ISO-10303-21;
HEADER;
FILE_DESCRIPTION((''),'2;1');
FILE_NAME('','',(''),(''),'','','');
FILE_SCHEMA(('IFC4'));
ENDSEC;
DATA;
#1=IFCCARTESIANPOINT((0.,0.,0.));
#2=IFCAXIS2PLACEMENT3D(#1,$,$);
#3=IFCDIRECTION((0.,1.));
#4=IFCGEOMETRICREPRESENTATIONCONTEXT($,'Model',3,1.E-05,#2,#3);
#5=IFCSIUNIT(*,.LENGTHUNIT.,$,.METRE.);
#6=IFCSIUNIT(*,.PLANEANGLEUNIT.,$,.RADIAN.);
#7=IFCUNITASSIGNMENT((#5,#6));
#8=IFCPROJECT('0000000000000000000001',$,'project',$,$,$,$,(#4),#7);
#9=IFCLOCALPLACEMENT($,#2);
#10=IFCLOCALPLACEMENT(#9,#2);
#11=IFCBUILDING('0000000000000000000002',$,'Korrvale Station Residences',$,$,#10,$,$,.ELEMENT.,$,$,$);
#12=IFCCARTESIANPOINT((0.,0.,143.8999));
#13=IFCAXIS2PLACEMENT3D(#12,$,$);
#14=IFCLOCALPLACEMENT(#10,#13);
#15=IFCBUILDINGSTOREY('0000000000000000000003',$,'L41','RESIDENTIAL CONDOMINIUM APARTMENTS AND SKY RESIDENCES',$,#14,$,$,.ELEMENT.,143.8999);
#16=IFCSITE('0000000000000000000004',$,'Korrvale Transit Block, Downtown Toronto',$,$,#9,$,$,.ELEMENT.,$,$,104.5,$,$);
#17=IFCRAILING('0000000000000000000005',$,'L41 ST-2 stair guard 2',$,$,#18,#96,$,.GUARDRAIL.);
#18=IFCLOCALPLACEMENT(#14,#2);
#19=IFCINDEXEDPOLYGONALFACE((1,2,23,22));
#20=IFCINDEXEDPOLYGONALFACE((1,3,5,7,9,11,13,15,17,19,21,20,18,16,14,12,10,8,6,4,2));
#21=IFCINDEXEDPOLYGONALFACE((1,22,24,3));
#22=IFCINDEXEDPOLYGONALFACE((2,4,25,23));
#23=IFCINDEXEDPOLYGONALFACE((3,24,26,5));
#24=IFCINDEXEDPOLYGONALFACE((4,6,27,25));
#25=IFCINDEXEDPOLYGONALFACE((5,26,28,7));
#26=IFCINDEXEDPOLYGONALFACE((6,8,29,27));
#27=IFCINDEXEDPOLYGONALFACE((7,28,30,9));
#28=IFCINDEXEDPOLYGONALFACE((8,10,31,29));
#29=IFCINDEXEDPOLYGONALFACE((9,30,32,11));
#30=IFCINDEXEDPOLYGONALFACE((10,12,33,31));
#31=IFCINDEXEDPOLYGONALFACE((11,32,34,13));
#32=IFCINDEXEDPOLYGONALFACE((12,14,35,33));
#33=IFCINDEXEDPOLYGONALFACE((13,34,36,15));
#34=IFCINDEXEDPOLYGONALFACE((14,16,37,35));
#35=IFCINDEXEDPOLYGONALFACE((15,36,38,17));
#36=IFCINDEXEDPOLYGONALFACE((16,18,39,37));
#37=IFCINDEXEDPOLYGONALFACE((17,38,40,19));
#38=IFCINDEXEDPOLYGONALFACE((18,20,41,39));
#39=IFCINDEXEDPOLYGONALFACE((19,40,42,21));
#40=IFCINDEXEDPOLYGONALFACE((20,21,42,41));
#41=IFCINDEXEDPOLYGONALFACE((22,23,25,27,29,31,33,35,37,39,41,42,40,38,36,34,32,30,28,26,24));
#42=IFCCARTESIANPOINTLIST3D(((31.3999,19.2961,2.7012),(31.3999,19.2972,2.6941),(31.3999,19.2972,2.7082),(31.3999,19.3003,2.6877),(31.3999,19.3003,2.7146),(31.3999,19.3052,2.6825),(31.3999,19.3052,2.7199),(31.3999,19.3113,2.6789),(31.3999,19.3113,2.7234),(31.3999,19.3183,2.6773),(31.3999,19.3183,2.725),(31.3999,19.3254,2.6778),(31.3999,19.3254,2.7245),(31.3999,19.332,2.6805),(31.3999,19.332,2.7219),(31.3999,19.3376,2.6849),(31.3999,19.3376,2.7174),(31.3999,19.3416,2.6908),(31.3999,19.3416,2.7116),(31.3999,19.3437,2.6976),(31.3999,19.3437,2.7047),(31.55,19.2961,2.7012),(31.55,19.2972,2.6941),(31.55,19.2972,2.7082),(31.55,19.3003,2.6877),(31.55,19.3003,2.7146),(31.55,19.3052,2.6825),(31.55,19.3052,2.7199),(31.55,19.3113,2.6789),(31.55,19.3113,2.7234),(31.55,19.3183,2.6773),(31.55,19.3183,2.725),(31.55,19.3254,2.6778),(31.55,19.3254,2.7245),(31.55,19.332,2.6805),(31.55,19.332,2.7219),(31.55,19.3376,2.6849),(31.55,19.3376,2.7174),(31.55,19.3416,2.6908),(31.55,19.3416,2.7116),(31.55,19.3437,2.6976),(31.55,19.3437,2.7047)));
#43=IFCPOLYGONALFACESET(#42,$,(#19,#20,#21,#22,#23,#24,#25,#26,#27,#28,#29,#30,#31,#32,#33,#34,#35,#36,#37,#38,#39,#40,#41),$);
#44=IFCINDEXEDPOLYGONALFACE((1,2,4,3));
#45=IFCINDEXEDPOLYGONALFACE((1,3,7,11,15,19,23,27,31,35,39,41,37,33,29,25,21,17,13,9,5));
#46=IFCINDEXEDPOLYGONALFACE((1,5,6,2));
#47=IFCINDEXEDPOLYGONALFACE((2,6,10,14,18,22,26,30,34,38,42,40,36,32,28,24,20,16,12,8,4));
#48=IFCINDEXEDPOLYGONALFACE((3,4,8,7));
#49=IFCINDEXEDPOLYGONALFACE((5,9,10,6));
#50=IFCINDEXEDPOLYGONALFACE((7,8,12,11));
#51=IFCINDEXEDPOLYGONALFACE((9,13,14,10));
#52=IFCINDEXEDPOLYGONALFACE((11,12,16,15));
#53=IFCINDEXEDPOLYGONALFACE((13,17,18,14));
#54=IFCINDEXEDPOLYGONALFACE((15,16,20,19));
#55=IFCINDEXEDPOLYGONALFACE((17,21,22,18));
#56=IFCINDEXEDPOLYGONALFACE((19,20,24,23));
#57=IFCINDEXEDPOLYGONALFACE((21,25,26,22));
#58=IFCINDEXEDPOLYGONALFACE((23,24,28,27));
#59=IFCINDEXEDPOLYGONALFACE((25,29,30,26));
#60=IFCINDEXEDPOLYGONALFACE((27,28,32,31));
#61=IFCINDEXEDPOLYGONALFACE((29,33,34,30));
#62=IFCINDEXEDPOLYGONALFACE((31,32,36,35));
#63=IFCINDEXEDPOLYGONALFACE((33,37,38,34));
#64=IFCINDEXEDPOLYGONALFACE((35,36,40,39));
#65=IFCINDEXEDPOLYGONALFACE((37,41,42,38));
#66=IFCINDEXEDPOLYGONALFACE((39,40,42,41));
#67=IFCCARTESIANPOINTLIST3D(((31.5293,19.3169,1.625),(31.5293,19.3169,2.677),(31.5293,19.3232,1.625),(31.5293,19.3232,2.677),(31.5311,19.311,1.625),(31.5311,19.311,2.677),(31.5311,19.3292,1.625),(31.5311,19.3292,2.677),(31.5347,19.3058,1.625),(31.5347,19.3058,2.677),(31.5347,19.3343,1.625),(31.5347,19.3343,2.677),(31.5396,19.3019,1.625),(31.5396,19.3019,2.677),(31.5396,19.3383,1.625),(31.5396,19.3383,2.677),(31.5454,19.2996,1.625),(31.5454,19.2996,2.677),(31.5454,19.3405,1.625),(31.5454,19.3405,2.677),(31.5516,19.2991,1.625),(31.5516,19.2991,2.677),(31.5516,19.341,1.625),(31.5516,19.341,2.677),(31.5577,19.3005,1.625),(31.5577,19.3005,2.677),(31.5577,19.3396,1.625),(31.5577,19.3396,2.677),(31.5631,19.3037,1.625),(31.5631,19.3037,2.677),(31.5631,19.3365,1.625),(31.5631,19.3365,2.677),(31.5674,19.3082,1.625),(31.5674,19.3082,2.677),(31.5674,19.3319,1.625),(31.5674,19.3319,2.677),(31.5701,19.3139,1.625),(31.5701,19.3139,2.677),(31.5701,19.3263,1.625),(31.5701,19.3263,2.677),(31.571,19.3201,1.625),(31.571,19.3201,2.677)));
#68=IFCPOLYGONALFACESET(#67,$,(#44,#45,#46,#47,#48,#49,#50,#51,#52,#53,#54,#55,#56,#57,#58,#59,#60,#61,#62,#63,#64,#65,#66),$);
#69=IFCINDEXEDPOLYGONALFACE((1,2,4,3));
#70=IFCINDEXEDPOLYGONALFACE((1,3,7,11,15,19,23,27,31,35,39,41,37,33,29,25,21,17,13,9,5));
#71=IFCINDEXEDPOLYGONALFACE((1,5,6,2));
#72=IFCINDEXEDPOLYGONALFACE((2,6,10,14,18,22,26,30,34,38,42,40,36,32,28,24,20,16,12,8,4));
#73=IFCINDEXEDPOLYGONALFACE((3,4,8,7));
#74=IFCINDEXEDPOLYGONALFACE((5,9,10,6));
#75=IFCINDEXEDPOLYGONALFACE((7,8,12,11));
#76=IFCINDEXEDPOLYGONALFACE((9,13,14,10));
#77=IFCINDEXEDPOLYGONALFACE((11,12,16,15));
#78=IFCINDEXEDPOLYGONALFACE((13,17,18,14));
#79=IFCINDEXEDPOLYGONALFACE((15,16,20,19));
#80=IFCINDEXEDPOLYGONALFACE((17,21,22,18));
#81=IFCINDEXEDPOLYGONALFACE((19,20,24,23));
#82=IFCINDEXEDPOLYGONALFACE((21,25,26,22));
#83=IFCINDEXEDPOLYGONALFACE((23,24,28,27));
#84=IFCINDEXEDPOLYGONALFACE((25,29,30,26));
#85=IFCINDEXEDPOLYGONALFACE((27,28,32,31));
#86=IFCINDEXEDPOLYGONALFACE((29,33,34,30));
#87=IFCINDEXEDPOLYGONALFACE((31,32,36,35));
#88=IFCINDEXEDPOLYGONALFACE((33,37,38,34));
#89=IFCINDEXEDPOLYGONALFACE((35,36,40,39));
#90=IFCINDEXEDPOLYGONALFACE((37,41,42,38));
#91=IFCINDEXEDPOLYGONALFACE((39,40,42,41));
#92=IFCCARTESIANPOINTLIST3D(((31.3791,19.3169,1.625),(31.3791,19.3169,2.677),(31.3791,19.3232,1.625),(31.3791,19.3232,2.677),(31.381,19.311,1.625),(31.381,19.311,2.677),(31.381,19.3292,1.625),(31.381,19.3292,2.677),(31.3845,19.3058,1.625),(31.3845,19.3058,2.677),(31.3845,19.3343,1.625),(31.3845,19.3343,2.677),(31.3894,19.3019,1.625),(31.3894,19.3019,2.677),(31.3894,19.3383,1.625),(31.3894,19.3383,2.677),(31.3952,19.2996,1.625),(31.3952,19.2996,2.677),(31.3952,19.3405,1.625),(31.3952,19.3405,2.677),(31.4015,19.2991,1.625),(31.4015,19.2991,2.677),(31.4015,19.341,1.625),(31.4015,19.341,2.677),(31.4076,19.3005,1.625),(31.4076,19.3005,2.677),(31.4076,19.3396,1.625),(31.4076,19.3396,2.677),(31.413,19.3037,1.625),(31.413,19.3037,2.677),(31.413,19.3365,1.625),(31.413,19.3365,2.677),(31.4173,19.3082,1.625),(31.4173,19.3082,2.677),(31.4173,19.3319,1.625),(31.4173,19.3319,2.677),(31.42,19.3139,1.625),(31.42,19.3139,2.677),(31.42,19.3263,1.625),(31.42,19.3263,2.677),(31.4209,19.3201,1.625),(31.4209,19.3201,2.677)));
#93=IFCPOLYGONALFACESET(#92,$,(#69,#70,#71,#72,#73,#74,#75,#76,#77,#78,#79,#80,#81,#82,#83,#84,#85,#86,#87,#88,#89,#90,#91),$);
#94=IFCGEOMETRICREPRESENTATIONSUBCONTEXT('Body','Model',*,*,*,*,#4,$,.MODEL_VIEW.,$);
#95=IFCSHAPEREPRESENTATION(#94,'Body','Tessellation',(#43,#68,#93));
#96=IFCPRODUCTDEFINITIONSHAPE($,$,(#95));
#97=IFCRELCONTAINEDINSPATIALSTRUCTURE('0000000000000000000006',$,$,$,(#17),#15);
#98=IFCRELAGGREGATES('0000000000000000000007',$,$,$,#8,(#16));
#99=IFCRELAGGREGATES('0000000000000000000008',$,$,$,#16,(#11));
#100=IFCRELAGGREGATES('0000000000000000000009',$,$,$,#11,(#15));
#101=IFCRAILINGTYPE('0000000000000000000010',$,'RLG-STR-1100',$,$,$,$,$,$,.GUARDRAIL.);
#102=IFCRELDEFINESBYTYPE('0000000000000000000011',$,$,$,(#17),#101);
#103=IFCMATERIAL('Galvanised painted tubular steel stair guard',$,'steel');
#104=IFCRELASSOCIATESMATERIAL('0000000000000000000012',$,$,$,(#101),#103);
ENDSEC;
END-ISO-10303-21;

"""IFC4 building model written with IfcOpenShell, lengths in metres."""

from ifc_helpers import new_model, si_unit, direction, frame, origin, origin_2d, place, context, subcontext, project, spatial, circle, extrude, material, type_object, element, save


model = new_model("IFC4")

# Units and contexts
model_context = context("Model", 3, precision=1e-05, world=origin(), true_north=direction((0.0, 1.0)))
body_context = subcontext(model_context, "Body", "Model", "MODEL_VIEW")
ifc_project = project(units=[si_unit("LENGTHUNIT", "METRE"), si_unit("PLANEANGLEUNIT", "RADIAN")], contexts=[model_context])

# Site, building, storey
site_placement = place(None, origin())
site = spatial("IfcSite", under=ifc_project, at=site_placement, Name="Korrvale Transit Block, Downtown Toronto", CompositionType="ELEMENT", RefElevation=104.5)
building_placement = place(site_placement, origin())
building = spatial("IfcBuilding", under=site, at=building_placement, Name="Korrvale Station Residences", CompositionType="ELEMENT")
storey_placement = place(building_placement, frame((0.0, 0.0, 143.8999)))
storey = spatial("IfcBuildingStorey", under=building, at=storey_placement, Name="L41", Description="RESIDENTIAL CONDOMINIUM APARTMENTS AND SKY RESIDENCES", CompositionType="ELEMENT", Elevation=143.8999)

# Railing
ifc_material_1 = material(Name="Galvanised painted tubular steel stair guard", Category="steel")
railing_type_1 = type_object("IfcRailingType", Name="RLG-STR-1100", PredefinedType="GUARDRAIL", material=ifc_material_1)
railing_1_placement = place(storey_placement, frame((31.55, 19.3201, 1.625)))
element("IfcRailing", 1, at=railing_1_placement, inside=storey, type_object=railing_type_1, Name="L41 ST-2 stair guard 2", PredefinedType="GUARDRAIL", context=body_context, shape_type="SweptSolid", body=[
    extrude(circle(Radius=0.0239, at=origin_2d()), frame((0.0, 0.0, 1.0762), z_axis=(-1.0, 0.0, 0.0), x_axis=(0.0, -1.0, 0.0)), (0.0, 0.0, 1.0), 0.1501),
    extrude(circle(Radius=0.021, at=origin_2d()), origin(), (0.0, 0.0, 1.0), 1.052),
    extrude(circle(Radius=0.021, at=origin_2d()), frame((-0.1501, 0.0, 0.0)), (0.0, 0.0, 1.0), 1.052),
])

save(model, "model.ifc")
